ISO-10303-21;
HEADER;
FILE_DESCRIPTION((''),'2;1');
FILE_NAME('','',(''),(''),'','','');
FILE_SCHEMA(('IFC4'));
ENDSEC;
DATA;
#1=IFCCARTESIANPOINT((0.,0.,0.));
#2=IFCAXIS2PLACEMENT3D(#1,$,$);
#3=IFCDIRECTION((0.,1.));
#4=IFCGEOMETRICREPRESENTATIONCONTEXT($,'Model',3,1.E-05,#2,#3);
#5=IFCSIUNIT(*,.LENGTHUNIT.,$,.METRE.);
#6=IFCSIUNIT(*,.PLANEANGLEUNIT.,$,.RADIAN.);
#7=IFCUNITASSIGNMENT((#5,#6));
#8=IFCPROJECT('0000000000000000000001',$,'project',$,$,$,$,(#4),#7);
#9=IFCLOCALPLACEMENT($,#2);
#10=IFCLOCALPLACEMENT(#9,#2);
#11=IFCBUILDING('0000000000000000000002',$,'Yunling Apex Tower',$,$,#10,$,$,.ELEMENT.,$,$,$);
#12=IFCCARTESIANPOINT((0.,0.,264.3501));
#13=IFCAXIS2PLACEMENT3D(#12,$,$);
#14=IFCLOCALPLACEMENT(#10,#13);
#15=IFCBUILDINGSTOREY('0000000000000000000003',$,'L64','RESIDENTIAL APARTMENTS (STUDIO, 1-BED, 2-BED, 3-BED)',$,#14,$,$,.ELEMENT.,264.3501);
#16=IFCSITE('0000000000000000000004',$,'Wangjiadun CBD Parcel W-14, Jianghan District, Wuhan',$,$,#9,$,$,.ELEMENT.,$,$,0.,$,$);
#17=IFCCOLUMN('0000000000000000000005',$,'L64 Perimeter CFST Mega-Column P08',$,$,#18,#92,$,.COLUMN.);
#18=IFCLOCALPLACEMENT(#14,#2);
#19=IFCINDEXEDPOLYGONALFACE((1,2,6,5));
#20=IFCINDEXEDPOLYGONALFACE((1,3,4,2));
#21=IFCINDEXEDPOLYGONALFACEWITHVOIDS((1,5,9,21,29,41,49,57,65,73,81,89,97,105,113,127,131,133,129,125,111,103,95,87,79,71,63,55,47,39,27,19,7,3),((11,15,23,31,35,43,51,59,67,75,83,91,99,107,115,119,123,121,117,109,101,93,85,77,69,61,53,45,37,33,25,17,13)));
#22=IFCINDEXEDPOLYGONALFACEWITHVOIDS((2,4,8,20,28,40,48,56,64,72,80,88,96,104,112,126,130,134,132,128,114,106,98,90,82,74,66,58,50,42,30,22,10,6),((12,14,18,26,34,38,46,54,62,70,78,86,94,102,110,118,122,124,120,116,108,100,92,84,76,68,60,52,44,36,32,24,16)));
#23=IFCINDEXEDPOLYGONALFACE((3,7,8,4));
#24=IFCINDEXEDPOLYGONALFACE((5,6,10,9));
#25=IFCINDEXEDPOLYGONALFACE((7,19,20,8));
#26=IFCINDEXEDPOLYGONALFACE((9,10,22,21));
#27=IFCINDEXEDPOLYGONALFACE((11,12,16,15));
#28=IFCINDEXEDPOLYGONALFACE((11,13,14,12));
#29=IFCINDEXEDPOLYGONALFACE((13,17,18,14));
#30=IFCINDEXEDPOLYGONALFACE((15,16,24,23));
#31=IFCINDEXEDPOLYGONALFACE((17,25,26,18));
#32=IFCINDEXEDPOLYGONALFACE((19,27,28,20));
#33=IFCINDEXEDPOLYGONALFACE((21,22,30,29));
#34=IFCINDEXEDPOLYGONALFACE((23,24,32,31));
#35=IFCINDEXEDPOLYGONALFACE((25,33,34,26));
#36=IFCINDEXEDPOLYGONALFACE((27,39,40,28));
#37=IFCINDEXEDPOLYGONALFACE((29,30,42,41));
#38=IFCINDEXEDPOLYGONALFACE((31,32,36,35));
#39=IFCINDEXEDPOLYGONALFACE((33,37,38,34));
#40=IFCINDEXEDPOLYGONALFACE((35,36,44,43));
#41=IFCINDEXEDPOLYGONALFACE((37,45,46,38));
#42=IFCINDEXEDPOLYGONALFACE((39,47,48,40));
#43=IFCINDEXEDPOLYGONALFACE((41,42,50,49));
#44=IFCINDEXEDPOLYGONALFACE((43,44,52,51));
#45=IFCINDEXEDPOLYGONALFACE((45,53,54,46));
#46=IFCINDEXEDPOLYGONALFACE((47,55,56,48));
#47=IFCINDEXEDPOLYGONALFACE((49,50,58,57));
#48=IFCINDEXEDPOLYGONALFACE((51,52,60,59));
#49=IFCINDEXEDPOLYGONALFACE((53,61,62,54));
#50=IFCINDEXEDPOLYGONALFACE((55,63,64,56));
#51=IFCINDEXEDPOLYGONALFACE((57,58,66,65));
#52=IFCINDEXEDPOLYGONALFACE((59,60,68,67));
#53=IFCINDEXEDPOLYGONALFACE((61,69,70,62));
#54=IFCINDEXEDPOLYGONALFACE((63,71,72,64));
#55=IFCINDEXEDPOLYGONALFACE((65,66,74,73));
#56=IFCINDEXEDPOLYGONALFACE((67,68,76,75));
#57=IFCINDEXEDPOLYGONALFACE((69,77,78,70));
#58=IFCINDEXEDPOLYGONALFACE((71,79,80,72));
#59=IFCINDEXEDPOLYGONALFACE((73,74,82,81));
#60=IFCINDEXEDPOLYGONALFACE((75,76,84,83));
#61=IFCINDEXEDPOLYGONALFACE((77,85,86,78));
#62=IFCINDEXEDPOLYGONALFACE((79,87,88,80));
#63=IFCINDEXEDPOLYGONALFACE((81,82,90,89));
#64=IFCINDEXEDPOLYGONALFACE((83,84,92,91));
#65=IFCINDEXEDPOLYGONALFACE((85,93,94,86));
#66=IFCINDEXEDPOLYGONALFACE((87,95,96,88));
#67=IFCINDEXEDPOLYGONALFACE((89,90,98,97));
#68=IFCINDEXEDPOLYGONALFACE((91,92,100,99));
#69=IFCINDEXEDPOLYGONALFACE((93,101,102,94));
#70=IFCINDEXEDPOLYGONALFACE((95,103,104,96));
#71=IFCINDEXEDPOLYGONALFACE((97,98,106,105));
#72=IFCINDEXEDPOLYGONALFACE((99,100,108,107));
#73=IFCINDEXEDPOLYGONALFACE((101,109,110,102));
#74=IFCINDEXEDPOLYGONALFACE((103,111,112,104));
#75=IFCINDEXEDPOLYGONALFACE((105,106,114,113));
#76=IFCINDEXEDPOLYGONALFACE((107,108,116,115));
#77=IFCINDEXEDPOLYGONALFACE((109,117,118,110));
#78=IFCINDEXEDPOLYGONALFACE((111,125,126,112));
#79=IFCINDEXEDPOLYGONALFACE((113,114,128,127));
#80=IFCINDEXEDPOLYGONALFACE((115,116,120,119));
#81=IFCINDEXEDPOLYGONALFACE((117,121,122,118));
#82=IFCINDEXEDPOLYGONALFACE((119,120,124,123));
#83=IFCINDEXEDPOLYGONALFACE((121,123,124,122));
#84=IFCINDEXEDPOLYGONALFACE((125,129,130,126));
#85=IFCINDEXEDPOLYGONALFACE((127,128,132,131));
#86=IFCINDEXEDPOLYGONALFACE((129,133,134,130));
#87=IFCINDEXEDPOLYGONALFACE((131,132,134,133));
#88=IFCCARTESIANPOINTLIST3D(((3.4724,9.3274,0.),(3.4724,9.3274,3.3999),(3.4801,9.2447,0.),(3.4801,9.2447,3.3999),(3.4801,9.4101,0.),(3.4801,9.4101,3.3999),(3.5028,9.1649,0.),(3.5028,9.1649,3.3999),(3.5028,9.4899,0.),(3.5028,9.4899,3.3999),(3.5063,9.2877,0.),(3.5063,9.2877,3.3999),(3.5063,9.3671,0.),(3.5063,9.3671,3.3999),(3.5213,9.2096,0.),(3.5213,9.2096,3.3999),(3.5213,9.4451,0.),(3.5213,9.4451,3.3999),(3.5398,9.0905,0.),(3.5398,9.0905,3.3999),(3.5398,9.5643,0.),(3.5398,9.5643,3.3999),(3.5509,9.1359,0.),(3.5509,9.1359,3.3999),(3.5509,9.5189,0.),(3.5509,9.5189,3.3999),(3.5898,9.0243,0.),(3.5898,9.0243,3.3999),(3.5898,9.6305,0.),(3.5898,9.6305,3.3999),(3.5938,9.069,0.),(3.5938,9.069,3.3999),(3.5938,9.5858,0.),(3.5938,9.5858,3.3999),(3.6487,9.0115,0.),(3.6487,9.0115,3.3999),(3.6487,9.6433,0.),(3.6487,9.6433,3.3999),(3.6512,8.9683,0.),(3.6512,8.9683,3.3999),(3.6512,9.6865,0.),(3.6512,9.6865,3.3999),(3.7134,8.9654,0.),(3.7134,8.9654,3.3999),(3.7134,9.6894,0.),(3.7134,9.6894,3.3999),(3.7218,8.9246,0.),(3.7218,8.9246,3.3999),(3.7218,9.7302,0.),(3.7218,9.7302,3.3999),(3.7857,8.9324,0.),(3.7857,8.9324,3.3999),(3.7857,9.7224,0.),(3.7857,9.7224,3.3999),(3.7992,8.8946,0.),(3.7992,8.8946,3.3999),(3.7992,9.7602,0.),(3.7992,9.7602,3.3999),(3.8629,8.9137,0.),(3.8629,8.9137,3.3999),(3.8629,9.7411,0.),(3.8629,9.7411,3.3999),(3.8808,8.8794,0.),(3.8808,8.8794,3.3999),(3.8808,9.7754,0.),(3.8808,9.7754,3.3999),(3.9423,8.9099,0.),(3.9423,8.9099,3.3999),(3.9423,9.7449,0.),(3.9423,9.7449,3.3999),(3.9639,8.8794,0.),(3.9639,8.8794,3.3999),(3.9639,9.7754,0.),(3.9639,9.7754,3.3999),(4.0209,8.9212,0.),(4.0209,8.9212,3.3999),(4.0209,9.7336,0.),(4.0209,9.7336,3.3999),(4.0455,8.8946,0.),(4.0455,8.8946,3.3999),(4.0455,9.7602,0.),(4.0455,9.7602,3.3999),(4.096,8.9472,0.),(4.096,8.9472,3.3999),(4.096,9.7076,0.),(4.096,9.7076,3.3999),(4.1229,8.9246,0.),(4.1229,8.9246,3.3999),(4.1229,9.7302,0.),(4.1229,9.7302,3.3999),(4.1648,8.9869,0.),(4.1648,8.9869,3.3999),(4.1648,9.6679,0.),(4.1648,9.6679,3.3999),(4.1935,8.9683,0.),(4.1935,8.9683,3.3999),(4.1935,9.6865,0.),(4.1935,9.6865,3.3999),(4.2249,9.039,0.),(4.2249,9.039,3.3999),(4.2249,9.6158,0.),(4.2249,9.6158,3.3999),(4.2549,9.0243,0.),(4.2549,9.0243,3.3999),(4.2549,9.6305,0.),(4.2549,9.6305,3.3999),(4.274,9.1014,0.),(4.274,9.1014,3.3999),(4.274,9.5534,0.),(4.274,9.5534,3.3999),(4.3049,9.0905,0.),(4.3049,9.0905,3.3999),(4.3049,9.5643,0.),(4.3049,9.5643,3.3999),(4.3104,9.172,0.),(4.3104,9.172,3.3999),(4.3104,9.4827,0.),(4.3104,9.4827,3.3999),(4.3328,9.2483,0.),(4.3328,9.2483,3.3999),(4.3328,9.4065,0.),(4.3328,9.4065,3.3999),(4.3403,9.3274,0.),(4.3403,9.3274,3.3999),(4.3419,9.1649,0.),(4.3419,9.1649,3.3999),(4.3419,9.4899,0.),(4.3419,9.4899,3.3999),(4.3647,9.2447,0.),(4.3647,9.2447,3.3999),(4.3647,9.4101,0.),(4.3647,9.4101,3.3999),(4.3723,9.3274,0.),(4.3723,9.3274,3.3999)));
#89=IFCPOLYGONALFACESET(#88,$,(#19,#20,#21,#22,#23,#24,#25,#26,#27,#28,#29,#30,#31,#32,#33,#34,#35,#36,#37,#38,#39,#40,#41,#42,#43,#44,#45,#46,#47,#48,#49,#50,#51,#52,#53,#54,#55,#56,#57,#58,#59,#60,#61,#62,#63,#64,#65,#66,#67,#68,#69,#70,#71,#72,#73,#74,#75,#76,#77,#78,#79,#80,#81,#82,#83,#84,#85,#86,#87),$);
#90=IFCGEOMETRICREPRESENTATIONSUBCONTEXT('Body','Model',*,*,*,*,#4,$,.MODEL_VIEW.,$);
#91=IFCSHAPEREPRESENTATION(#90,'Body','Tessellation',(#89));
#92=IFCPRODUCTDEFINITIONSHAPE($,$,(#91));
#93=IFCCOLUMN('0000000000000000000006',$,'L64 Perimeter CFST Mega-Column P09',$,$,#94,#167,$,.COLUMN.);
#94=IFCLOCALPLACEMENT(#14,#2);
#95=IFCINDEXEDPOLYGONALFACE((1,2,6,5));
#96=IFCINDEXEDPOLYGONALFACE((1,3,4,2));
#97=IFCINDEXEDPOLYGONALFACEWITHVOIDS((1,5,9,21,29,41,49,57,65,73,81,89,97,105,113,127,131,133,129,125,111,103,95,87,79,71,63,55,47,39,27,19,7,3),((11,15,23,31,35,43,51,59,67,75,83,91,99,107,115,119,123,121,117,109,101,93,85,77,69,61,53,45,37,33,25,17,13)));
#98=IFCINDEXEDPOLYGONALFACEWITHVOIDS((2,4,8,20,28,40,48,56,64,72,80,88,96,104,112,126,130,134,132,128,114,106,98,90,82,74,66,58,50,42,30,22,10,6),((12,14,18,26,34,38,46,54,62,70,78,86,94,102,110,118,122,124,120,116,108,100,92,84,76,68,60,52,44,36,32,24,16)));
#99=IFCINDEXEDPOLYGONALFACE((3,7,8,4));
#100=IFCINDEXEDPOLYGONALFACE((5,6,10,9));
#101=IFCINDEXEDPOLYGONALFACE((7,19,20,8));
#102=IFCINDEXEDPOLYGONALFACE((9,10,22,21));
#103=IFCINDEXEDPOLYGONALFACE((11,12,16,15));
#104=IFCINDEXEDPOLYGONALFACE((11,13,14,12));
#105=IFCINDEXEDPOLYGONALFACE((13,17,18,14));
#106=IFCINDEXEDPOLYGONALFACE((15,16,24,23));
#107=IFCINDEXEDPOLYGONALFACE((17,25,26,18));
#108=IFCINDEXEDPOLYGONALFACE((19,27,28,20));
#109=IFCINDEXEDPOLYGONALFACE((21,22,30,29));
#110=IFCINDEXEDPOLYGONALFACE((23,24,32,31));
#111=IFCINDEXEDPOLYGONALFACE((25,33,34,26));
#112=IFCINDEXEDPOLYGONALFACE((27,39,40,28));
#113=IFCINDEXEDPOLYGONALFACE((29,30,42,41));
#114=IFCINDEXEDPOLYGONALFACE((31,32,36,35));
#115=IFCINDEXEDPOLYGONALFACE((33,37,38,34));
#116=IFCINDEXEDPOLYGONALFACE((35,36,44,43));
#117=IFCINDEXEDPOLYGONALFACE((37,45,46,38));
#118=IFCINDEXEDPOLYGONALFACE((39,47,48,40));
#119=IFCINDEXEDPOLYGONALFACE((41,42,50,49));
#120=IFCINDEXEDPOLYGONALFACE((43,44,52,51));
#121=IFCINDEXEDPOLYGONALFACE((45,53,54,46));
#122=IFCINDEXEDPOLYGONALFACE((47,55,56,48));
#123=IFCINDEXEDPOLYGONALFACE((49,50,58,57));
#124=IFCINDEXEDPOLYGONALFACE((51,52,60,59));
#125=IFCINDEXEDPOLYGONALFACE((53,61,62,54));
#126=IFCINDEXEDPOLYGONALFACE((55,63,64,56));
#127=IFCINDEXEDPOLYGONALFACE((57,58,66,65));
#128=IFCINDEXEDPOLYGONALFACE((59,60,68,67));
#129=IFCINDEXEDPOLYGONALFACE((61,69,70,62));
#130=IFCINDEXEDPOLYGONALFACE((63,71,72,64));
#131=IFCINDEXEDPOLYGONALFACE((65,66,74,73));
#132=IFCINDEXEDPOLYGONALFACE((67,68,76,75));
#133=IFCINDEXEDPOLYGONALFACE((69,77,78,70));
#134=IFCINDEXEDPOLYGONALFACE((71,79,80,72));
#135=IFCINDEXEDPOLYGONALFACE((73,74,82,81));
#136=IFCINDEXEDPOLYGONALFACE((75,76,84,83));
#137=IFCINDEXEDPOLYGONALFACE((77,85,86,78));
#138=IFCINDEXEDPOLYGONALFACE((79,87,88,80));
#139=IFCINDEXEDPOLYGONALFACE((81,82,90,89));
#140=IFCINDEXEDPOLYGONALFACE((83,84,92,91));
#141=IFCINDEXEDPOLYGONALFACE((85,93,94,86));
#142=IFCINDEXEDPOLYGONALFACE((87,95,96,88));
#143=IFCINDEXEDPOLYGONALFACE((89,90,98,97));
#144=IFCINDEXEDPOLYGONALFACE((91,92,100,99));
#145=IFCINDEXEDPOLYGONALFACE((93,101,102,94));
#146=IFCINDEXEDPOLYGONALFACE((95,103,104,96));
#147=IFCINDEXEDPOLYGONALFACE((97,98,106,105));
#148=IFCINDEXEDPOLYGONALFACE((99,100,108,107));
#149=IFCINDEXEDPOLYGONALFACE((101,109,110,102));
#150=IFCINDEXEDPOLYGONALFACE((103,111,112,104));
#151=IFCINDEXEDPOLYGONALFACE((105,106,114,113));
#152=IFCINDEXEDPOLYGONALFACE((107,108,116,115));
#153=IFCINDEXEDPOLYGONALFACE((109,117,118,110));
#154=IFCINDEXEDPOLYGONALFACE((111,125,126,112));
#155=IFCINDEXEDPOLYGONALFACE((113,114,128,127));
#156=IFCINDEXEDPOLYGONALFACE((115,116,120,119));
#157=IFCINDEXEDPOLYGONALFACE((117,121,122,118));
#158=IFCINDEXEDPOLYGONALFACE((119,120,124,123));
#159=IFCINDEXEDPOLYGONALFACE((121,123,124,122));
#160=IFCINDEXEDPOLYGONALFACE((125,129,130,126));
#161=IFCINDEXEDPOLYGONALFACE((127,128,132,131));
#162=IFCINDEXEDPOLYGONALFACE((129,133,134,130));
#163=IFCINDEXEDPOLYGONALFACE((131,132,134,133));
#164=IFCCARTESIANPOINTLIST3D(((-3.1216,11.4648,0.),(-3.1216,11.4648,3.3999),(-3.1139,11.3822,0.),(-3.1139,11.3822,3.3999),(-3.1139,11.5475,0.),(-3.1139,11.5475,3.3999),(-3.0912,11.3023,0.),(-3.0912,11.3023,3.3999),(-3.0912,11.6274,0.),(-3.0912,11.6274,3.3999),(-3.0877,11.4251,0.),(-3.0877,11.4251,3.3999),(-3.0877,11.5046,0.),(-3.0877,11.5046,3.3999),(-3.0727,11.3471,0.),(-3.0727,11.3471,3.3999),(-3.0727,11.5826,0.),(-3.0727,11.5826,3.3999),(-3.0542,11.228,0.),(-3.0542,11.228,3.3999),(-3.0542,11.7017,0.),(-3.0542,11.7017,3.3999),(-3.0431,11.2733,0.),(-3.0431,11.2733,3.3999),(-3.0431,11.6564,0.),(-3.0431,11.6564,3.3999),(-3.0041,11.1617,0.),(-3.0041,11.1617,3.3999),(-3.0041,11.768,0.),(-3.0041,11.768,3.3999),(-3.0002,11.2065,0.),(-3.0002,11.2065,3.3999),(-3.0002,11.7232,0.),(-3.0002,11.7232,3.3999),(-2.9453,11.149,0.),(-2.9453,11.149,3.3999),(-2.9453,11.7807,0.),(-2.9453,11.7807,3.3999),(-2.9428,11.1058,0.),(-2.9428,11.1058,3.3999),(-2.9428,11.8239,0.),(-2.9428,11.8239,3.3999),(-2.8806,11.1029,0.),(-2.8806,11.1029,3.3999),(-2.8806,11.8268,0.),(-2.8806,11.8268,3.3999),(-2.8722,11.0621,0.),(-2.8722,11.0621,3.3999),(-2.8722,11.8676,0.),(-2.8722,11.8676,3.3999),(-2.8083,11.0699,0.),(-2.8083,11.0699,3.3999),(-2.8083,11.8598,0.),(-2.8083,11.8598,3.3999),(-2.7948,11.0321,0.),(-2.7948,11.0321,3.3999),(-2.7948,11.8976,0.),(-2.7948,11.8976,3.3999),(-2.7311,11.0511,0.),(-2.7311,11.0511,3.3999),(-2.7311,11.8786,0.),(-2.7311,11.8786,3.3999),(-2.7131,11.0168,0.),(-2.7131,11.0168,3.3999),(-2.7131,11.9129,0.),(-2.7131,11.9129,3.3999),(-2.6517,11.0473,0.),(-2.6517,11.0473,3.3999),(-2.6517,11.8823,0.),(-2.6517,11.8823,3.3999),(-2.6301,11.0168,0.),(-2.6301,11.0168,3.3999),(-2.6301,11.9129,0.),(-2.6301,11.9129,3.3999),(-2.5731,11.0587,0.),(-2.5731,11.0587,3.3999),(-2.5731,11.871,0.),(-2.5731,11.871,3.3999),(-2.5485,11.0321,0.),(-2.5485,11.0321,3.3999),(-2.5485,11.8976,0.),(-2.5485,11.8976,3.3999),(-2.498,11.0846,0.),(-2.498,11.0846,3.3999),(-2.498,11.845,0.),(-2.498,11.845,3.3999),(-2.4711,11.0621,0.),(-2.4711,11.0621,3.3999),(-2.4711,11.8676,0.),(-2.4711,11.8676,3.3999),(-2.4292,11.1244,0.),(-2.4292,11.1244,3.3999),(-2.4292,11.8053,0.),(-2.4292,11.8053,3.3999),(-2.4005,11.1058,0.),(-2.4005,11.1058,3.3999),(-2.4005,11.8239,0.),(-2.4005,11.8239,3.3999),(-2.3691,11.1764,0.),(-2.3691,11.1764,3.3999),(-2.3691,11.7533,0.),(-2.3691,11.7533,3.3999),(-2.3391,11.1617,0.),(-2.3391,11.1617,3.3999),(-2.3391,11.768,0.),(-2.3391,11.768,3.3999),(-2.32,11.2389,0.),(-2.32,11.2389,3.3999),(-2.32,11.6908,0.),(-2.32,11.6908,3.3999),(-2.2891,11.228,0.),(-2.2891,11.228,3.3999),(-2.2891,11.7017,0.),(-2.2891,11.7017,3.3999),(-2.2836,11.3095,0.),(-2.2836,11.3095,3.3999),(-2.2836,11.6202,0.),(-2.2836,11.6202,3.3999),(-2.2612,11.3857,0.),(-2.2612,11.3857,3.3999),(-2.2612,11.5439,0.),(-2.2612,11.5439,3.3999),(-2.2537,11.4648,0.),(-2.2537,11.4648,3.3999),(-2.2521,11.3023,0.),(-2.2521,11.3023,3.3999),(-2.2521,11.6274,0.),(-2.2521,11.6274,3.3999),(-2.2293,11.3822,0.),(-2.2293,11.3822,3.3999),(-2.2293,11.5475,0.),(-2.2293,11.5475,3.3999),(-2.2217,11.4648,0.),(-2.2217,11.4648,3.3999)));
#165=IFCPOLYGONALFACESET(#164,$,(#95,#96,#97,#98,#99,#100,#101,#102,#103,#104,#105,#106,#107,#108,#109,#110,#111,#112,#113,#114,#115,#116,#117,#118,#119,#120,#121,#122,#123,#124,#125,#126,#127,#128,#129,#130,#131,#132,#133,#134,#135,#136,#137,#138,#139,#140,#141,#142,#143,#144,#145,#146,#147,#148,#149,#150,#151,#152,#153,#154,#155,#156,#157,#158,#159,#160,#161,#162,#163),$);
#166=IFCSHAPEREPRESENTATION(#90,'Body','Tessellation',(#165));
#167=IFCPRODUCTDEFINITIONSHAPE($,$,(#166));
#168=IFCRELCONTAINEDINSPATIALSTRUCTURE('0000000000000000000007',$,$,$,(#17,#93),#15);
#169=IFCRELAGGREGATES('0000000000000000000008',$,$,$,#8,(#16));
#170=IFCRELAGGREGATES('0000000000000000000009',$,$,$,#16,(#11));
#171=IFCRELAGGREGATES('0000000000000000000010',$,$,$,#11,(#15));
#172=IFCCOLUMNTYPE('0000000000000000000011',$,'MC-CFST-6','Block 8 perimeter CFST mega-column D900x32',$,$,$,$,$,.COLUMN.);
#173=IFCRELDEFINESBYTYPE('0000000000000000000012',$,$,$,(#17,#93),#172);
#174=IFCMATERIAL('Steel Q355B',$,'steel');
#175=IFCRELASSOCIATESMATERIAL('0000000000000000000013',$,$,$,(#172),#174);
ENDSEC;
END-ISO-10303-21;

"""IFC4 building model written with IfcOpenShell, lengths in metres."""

from ifc_helpers import new_model, si_unit, direction, frame, origin, origin_2d, place, context, subcontext, project, spatial, hollow_circle, extrude, source, transform, mapped, material, material_profile, profile_set, type_object, element, save


model = new_model("IFC4")

# Units and contexts
model_context = context("Model", 3, precision=1e-05, world=origin(), true_north=direction((0.0, 1.0)))
body_context = subcontext(model_context, "Body", "Model", "MODEL_VIEW")
ifc_project = project(units=[si_unit("LENGTHUNIT", "METRE"), si_unit("PLANEANGLEUNIT", "RADIAN")], contexts=[model_context])

# Site, building, storey
site_placement = place(None, origin())
site = spatial("IfcSite", under=ifc_project, at=site_placement, Name="Wangjiadun CBD Parcel W-14, Jianghan District, Wuhan", CompositionType="ELEMENT", RefElevation=0.0)
building_placement = place(site_placement, origin())
building = spatial("IfcBuilding", under=site, at=building_placement, Name="Yunling Apex Tower", CompositionType="ELEMENT")
storey_placement = place(building_placement, frame((0.0, 0.0, 264.3501)))
storey = spatial("IfcBuildingStorey", under=building, at=storey_placement, Name="L64", Description="RESIDENTIAL APARTMENTS (STUDIO, 1-BED, 2-BED, 3-BED)", CompositionType="ELEMENT", Elevation=264.3501)

# Columns
ifc_material_1 = material(Name="Steel Q355B", Category="steel")
ifc_material_profile_1 = material_profile(ifc_material_1, hollow_circle(Radius=0.45, WallThickness=0.032, at=origin_2d()))
ifc_profile_set_1 = profile_set([ifc_material_profile_1], Name="Steel Q355B")
column_type = type_object("IfcColumnType", Name="MC-CFST-6", Description="Block 8 perimeter CFST mega-column D900x32", PredefinedType="COLUMN", material=ifc_profile_set_1)
shared_shape_1 = source(origin(), body_context, "Body", "SweptSolid", [
    extrude(hollow_circle(Radius=0.45, WallThickness=0.032, at=origin_2d()), origin(), (0.0, 0.0, 1.0), 3.3999),
])
for number, where, z_axis, x_axis, name in (
    (1, (3.9224, 9.3274, 0.0), (0.0, 0.0, 1.0), (1.0, 0.0, 0.0), "L64 Perimeter CFST Mega-Column P08"),
    (2, (-2.6716, 11.4648, 0.0), (0.0, 0.0, 1.0), (1.0, 0.0, 0.0), "L64 Perimeter CFST Mega-Column P09"),
):
    element("IfcColumn", number, at=place(storey_placement, frame(where, z_axis=z_axis, x_axis=x_axis)), inside=storey, type_object=column_type, Name=name, PredefinedType="COLUMN", context=body_context, shape_type="MappedRepresentation", body=[
        mapped(shared_shape_1, transform((0.0, 0.0, 0.0), scale=1.0)),
    ])

save(model, "model.ifc")
